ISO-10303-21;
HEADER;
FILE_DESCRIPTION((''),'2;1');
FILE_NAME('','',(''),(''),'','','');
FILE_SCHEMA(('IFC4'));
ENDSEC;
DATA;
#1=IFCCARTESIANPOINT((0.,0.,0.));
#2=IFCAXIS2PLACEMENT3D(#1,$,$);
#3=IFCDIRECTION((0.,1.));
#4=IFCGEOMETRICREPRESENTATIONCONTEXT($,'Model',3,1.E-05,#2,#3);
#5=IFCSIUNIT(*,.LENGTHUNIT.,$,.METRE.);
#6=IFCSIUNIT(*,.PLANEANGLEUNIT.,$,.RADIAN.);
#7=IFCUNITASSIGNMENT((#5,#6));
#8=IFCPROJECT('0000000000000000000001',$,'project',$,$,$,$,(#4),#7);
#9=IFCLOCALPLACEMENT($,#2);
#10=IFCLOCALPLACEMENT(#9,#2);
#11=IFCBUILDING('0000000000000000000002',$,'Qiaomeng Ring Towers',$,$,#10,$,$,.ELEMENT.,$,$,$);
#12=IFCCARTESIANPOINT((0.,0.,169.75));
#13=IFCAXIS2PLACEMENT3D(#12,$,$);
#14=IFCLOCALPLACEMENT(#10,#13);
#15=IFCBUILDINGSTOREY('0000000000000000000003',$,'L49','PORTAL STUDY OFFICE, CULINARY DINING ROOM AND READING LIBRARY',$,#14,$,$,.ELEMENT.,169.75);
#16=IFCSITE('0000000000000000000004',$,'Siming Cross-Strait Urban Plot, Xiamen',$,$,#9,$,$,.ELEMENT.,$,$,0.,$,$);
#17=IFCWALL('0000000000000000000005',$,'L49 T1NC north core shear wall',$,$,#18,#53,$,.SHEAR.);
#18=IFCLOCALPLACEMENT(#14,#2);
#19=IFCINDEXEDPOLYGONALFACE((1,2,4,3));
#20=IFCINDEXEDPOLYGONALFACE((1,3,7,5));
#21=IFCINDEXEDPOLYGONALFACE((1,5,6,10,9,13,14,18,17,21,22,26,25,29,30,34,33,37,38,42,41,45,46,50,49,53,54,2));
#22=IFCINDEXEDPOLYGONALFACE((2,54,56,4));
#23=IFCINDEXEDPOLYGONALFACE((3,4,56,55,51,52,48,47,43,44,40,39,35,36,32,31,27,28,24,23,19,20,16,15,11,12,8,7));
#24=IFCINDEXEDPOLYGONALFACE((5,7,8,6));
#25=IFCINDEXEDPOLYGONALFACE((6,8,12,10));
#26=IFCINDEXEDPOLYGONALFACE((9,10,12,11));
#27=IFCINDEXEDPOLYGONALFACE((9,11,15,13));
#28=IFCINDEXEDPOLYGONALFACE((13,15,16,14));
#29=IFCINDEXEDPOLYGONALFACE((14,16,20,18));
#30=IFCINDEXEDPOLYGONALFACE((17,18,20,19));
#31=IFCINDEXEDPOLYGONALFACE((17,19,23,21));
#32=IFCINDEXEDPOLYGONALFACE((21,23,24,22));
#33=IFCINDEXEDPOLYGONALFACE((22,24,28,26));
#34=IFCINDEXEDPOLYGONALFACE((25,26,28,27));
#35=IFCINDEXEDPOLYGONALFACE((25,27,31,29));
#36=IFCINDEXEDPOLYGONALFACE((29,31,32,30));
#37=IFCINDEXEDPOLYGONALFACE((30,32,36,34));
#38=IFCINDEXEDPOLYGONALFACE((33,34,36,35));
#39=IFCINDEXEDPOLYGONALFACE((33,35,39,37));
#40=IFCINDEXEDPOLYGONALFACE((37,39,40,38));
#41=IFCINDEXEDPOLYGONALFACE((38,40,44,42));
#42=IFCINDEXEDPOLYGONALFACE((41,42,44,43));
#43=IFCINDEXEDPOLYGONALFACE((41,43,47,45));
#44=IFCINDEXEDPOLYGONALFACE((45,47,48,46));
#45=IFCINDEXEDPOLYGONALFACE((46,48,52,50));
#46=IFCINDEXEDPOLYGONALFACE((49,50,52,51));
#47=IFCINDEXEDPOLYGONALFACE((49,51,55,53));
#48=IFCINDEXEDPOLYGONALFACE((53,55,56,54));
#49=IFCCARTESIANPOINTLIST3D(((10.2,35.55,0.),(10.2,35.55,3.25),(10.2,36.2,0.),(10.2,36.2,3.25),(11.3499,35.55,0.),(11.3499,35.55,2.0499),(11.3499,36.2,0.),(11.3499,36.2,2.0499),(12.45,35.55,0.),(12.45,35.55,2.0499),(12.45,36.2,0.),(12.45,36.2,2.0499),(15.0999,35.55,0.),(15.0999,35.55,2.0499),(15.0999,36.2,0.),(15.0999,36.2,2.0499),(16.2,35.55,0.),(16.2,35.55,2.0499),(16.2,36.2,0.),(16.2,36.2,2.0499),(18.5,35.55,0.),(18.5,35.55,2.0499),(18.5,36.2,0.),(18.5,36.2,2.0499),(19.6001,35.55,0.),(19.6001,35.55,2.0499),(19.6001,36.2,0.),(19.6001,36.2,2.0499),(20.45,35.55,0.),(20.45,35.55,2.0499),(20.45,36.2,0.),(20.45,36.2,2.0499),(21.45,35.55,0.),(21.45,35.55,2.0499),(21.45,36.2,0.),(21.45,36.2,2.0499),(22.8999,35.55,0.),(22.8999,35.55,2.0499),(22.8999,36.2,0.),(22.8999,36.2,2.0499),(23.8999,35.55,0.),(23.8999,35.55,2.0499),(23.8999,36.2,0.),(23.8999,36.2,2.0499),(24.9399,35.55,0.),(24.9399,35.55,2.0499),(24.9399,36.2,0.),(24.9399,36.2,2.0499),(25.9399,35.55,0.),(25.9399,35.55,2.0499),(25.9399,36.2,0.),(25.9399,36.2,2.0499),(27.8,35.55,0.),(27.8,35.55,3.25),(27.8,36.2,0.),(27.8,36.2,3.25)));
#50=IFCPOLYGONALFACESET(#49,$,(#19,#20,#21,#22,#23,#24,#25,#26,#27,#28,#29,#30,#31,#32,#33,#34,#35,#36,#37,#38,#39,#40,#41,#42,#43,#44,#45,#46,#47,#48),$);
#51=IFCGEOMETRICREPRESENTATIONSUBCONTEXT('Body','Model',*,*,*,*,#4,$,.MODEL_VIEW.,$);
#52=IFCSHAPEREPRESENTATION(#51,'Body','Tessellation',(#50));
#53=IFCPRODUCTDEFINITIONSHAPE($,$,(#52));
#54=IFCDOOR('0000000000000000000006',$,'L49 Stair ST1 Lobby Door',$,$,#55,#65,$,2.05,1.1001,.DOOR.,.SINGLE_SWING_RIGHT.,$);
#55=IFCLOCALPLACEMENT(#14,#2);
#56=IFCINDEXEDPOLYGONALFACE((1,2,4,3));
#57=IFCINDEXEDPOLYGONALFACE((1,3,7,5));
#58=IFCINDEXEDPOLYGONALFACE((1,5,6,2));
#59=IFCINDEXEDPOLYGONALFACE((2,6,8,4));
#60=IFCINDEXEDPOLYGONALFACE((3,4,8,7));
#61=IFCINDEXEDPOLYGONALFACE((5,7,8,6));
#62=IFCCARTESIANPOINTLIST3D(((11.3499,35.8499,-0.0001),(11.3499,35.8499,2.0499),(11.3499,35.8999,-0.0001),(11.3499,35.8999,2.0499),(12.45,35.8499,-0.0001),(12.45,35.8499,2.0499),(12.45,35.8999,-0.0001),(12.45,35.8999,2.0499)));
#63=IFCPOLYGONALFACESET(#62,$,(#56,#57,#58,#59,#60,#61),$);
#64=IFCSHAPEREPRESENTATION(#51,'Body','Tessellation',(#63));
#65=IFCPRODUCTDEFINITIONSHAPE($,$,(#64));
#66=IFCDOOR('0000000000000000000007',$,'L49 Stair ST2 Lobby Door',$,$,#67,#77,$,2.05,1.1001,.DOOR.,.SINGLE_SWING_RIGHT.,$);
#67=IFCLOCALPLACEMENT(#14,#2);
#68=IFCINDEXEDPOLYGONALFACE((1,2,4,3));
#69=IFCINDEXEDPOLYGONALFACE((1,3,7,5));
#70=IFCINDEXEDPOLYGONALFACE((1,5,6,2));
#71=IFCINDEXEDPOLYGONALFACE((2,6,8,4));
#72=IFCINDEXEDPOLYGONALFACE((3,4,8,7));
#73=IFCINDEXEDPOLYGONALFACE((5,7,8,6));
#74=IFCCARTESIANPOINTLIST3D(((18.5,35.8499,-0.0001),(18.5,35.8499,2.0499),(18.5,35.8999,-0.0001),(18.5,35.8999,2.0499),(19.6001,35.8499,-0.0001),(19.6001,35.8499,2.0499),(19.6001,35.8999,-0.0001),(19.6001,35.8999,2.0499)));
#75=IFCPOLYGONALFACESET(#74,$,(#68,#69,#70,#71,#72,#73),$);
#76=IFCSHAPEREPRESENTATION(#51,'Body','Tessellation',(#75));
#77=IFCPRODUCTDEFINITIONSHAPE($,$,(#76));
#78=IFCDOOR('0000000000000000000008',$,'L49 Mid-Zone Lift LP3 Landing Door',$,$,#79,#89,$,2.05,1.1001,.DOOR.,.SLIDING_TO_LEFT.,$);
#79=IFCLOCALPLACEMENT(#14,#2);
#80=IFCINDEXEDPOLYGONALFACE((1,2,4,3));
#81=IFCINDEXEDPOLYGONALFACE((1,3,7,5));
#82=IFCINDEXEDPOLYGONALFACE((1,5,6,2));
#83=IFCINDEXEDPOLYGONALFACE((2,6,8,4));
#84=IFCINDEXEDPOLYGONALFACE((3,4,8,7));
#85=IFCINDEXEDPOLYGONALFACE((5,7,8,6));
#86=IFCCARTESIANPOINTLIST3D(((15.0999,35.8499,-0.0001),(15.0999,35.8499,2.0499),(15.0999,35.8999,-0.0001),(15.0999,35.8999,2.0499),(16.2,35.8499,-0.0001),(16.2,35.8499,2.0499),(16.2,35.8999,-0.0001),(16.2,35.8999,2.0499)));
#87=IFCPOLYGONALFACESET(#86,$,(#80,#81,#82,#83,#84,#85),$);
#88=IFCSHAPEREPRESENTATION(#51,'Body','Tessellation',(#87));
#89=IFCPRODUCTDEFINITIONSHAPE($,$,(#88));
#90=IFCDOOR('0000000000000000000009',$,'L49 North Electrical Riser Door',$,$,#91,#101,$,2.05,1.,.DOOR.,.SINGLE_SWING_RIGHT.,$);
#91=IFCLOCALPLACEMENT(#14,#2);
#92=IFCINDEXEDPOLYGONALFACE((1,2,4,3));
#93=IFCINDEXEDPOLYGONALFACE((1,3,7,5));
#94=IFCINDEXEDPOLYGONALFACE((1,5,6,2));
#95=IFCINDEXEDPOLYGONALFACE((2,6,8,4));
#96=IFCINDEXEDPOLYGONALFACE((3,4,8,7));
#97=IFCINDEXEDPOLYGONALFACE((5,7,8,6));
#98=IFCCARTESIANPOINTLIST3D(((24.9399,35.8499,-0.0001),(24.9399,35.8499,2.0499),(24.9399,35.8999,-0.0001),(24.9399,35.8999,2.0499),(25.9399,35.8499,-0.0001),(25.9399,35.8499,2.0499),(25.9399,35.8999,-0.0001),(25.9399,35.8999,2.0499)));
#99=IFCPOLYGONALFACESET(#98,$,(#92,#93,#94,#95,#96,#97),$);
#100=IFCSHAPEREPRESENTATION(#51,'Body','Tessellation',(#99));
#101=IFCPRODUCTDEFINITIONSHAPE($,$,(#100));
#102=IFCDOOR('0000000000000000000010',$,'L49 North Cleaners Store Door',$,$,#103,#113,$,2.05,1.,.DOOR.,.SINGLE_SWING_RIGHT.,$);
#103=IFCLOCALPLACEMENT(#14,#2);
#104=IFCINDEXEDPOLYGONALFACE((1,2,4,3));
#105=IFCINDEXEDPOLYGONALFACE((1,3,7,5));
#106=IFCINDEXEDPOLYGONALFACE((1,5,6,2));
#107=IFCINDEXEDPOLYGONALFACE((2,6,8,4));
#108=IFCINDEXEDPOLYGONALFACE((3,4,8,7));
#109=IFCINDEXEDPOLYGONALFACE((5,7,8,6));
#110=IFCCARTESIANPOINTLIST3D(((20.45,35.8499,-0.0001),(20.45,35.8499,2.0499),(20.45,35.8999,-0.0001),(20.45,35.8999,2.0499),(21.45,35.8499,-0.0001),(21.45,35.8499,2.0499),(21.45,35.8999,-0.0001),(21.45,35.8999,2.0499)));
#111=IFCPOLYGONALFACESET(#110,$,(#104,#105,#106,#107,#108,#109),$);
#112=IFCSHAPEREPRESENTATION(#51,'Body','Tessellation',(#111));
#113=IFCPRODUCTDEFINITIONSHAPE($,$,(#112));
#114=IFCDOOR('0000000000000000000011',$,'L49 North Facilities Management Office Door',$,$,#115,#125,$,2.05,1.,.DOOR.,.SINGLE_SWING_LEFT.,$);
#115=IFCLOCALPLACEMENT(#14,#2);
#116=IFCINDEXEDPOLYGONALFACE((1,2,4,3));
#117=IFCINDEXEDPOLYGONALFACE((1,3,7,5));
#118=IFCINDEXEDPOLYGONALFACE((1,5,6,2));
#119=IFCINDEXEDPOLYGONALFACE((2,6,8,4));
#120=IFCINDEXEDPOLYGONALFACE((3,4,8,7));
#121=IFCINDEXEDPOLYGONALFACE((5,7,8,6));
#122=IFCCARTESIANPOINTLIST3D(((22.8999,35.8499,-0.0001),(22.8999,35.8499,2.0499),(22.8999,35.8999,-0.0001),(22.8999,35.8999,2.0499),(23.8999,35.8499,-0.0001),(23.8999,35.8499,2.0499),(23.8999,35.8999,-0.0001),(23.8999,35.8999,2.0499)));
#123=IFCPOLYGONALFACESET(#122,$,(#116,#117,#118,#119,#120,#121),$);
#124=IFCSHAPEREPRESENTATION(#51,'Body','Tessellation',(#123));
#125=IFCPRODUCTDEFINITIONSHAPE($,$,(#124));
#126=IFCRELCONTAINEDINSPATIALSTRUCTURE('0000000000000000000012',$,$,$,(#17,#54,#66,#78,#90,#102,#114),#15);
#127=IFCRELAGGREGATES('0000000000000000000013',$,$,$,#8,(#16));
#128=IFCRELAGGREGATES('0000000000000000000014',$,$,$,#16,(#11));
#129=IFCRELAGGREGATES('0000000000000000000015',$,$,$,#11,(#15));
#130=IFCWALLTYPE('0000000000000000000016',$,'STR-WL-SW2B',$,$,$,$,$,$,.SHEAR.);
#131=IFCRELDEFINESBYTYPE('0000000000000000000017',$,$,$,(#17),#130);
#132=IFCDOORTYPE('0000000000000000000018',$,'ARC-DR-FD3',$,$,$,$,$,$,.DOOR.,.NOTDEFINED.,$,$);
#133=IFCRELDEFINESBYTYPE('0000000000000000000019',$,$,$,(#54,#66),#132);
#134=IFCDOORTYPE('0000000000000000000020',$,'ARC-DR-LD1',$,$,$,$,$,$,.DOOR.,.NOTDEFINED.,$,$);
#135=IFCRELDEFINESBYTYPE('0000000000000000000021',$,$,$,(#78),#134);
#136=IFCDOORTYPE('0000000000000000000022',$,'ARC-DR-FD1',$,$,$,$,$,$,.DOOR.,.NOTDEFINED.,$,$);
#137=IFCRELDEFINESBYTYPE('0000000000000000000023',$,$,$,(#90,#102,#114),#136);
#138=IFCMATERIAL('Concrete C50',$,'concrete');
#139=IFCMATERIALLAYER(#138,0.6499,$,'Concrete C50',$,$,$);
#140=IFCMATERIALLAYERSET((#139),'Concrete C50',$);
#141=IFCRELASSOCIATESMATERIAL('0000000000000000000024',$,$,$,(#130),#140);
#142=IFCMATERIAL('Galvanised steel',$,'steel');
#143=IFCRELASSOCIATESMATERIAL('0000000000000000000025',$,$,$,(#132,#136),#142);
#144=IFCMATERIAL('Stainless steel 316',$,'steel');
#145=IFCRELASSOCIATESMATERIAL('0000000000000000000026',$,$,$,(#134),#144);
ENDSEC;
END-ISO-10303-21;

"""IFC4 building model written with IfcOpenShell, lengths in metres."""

from ifc_helpers import new_model, si_unit, direction, frame, frame_2d, origin, place, context, subcontext, project, spatial, rectangle, extrude, source, transform, mapped, material, layer, layer_set, type_object, element, fill, save


model = new_model("IFC4")

# Units and contexts
model_context = context("Model", 3, precision=1e-05, world=origin(), true_north=direction((0.0, 1.0)))
body_context = subcontext(model_context, "Body", "Model", "MODEL_VIEW")
ifc_project = project(units=[si_unit("LENGTHUNIT", "METRE"), si_unit("PLANEANGLEUNIT", "RADIAN")], contexts=[model_context])

# Site, building, storey
site_placement = place(None, origin())
site = spatial("IfcSite", under=ifc_project, at=site_placement, Name="Siming Cross-Strait Urban Plot, Xiamen", CompositionType="ELEMENT", RefElevation=0.0)
building_placement = place(site_placement, origin())
building = spatial("IfcBuilding", under=site, at=building_placement, Name="Qiaomeng Ring Towers", CompositionType="ELEMENT")
storey_placement = place(building_placement, frame((0.0, 0.0, 169.75)))
storey = spatial("IfcBuildingStorey", under=building, at=storey_placement, Name="L49", Description="PORTAL STUDY OFFICE, CULINARY DINING ROOM AND READING LIBRARY", CompositionType="ELEMENT", Elevation=169.75)

# Shared definitions
ifc_material_1 = material(Name="Concrete C50", Category="concrete")

# Shared definitions
shared_shape_1 = source(origin(), body_context, "Body", "SweptSolid", [
    extrude(rectangle(XDim=1.0, YDim=2.05, at=frame_2d((0.5, 1.0249))), frame((0.0, 0.0249, 0.0), z_axis=(0.0, -1.0, 0.0), x_axis=(1.0, 0.0, 0.0)), (0.0, 0.0, 1.0), 0.05),
])

# Wall, openings, doors
ifc_layer_1 = layer(ifc_material_1, 0.6499, Name="Concrete C50")
ifc_layer_set_1 = layer_set([ifc_layer_1], Name="Concrete C50")
wall_type_1 = type_object("IfcWallType", Name="STR-WL-SW2B", PredefinedType="SHEAR", material=ifc_layer_set_1)
wall_1_placement = place(storey_placement, frame((10.2, 35.875, 0.0), z_axis=(0.0, 0.0, 1.0), x_axis=(1.0, 0.0, 0.0)))
wall_1 = element("IfcWall", 1, at=wall_1_placement, inside=storey, type_object=wall_type_1, Name="L49 T1NC north core shear wall", PredefinedType="SHEAR", context=body_context, shape_type="SweptSolid", body=[
    extrude(rectangle(XDim=17.6001, YDim=0.6499, at=frame_2d((8.8, 0.0))), origin(), (0.0, 0.0, 1.0), 3.25),
])
opening_1_placement = place(wall_1_placement, frame((1.1499, 0.0, 0.0)))
opening_1 = element("IfcOpeningElement", 2, at=opening_1_placement, cuts=wall_1, PredefinedType="OPENING", context=body_context, shape_type="SweptSolid", body=[
    extrude(rectangle(XDim=1.1001, YDim=2.05, at=frame_2d((0.55, 1.0249))), frame((0.0, 0.335, 0.0), z_axis=(0.0, -1.0, 0.0), x_axis=(1.0, 0.0, 0.0)), (0.0, 0.0, 1.0), 0.6699),
])
opening_2_placement = place(wall_1_placement, frame((8.3, 0.0, 0.0)))
opening_2 = element("IfcOpeningElement", 3, at=opening_2_placement, cuts=wall_1, PredefinedType="OPENING", context=body_context, shape_type="SweptSolid", body=[
    extrude(rectangle(XDim=1.1001, YDim=2.05, at=frame_2d((0.55, 1.0249))), frame((0.0, 0.335, 0.0), z_axis=(0.0, -1.0, 0.0), x_axis=(1.0, 0.0, 0.0)), (0.0, 0.0, 1.0), 0.6699),
])
opening_3_placement = place(wall_1_placement, frame((4.8999, 0.0, 0.0)))
opening_3 = element("IfcOpeningElement", 4, at=opening_3_placement, cuts=wall_1, PredefinedType="OPENING", context=body_context, shape_type="SweptSolid", body=[
    extrude(rectangle(XDim=1.1001, YDim=2.05, at=frame_2d((0.55, 1.0249))), frame((0.0, 0.335, 0.0), z_axis=(0.0, -1.0, 0.0), x_axis=(1.0, 0.0, 0.0)), (0.0, 0.0, 1.0), 0.6699),
])
opening_4_placement = place(wall_1_placement, frame((14.74, 0.0, 0.0)))
opening_4 = element("IfcOpeningElement", 5, at=opening_4_placement, cuts=wall_1, PredefinedType="OPENING", context=body_context, shape_type="SweptSolid", body=[
    extrude(rectangle(XDim=1.0, YDim=2.05, at=frame_2d((0.5, 1.0249))), frame((0.0, 0.335, 0.0), z_axis=(0.0, -1.0, 0.0), x_axis=(1.0, 0.0, 0.0)), (0.0, 0.0, 1.0), 0.6699),
])
opening_5_placement = place(wall_1_placement, frame((10.25, 0.0, 0.0)))
opening_5 = element("IfcOpeningElement", 6, at=opening_5_placement, cuts=wall_1, PredefinedType="OPENING", context=body_context, shape_type="SweptSolid", body=[
    extrude(rectangle(XDim=1.0, YDim=2.05, at=frame_2d((0.5, 1.0249))), frame((0.0, 0.335, 0.0), z_axis=(0.0, -1.0, 0.0), x_axis=(1.0, 0.0, 0.0)), (0.0, 0.0, 1.0), 0.6699),
])
opening_6_placement = place(wall_1_placement, frame((12.7, 0.0, 0.0)))
opening_6 = element("IfcOpeningElement", 7, at=opening_6_placement, cuts=wall_1, PredefinedType="OPENING", context=body_context, shape_type="SweptSolid", body=[
    extrude(rectangle(XDim=1.0, YDim=2.05, at=frame_2d((0.5, 1.0249))), frame((0.0, 0.335, 0.0), z_axis=(0.0, -1.0, 0.0), x_axis=(1.0, 0.0, 0.0)), (0.0, 0.0, 1.0), 0.6699),
])
ifc_material_2 = material(Name="Galvanised steel", Category="steel")
door_type_1 = type_object("IfcDoorType", Name="ARC-DR-FD3", OperationType="NOTDEFINED", PredefinedType="DOOR", material=ifc_material_2)
shared_shape_2 = source(origin(), body_context, "Body", "SweptSolid", [
    extrude(rectangle(XDim=1.1001, YDim=2.05, at=frame_2d((0.55, 1.0249))), frame((0.0, 0.0249, 0.0), z_axis=(0.0, -1.0, 0.0), x_axis=(1.0, 0.0, 0.0)), (0.0, 0.0, 1.0), 0.05),
])
door_1_placement = place(opening_1_placement, origin())
door_1 = element("IfcDoor", 8, at=door_1_placement, inside=storey, type_object=door_type_1, Name="L49 Stair ST1 Lobby Door", OperationType="SINGLE_SWING_RIGHT", OverallHeight=2.05, OverallWidth=1.1001, PredefinedType="DOOR", context=body_context, shape_type="MappedRepresentation", body=[
    mapped(shared_shape_2, transform((0.0, 0.0, 0.0), x_axis=(1.0, 0.0, 0.0), y_axis=(0.0, 1.0, 0.0), z_axis=(0.0, 0.0, 1.0), scale=1.0)),
])
fill(opening_1, door_1)
door_2_placement = place(opening_2_placement, origin())
door_2 = element("IfcDoor", 9, at=door_2_placement, inside=storey, type_object=door_type_1, Name="L49 Stair ST2 Lobby Door", OperationType="SINGLE_SWING_RIGHT", OverallHeight=2.05, OverallWidth=1.1001, PredefinedType="DOOR", context=body_context, shape_type="MappedRepresentation", body=[
    mapped(shared_shape_2, transform((0.0, 0.0, 0.0), x_axis=(1.0, 0.0, 0.0), y_axis=(0.0, 1.0, 0.0), z_axis=(0.0, 0.0, 1.0), scale=1.0)),
])
fill(opening_2, door_2)
ifc_material_3 = material(Name="Stainless steel 316", Category="steel")
door_type_2 = type_object("IfcDoorType", Name="ARC-DR-LD1", OperationType="NOTDEFINED", PredefinedType="DOOR", material=ifc_material_3)
door_3_placement = place(opening_3_placement, origin())
door_3 = element("IfcDoor", 10, at=door_3_placement, inside=storey, type_object=door_type_2, Name="L49 Mid-Zone Lift LP3 Landing Door", OperationType="SLIDING_TO_LEFT", OverallHeight=2.05, OverallWidth=1.1001, PredefinedType="DOOR", context=body_context, shape_type="MappedRepresentation", body=[
    mapped(shared_shape_2, transform((0.0, 0.0, 0.0), x_axis=(1.0, 0.0, 0.0), y_axis=(0.0, 1.0, 0.0), z_axis=(0.0, 0.0, 1.0), scale=1.0)),
])
fill(opening_3, door_3)
door_type_3 = type_object("IfcDoorType", Name="ARC-DR-FD1", OperationType="NOTDEFINED", PredefinedType="DOOR", material=ifc_material_2)
door_4_placement = place(opening_4_placement, origin())
door_4 = element("IfcDoor", 11, at=door_4_placement, inside=storey, type_object=door_type_3, Name="L49 North Electrical Riser Door", OperationType="SINGLE_SWING_RIGHT", OverallHeight=2.05, OverallWidth=1.0, PredefinedType="DOOR", context=body_context, shape_type="MappedRepresentation", body=[
    mapped(shared_shape_1, transform((0.0, 0.0, 0.0), x_axis=(1.0, 0.0, 0.0), y_axis=(0.0, 1.0, 0.0), z_axis=(0.0, 0.0, 1.0), scale=1.0)),
])
fill(opening_4, door_4)
door_5_placement = place(opening_5_placement, origin())
door_5 = element("IfcDoor", 12, at=door_5_placement, inside=storey, type_object=door_type_3, Name="L49 North Cleaners Store Door", OperationType="SINGLE_SWING_RIGHT", OverallHeight=2.05, OverallWidth=1.0, PredefinedType="DOOR", context=body_context, shape_type="MappedRepresentation", body=[
    mapped(shared_shape_1, transform((0.0, 0.0, 0.0), x_axis=(1.0, 0.0, 0.0), y_axis=(0.0, 1.0, 0.0), z_axis=(0.0, 0.0, 1.0), scale=1.0)),
])
fill(opening_5, door_5)
door_6_placement = place(opening_6_placement, origin())
door_6 = element("IfcDoor", 13, at=door_6_placement, inside=storey, type_object=door_type_3, Name="L49 North Facilities Management Office Door", OperationType="SINGLE_SWING_LEFT", OverallHeight=2.05, OverallWidth=1.0, PredefinedType="DOOR", context=body_context, shape_type="MappedRepresentation", body=[
    mapped(shared_shape_1, transform((0.0, 0.0, 0.0), x_axis=(1.0, 0.0, 0.0), y_axis=(0.0, 1.0, 0.0), z_axis=(0.0, 0.0, 1.0), scale=1.0)),
])
fill(opening_6, door_6)

save(model, "model.ifc")
